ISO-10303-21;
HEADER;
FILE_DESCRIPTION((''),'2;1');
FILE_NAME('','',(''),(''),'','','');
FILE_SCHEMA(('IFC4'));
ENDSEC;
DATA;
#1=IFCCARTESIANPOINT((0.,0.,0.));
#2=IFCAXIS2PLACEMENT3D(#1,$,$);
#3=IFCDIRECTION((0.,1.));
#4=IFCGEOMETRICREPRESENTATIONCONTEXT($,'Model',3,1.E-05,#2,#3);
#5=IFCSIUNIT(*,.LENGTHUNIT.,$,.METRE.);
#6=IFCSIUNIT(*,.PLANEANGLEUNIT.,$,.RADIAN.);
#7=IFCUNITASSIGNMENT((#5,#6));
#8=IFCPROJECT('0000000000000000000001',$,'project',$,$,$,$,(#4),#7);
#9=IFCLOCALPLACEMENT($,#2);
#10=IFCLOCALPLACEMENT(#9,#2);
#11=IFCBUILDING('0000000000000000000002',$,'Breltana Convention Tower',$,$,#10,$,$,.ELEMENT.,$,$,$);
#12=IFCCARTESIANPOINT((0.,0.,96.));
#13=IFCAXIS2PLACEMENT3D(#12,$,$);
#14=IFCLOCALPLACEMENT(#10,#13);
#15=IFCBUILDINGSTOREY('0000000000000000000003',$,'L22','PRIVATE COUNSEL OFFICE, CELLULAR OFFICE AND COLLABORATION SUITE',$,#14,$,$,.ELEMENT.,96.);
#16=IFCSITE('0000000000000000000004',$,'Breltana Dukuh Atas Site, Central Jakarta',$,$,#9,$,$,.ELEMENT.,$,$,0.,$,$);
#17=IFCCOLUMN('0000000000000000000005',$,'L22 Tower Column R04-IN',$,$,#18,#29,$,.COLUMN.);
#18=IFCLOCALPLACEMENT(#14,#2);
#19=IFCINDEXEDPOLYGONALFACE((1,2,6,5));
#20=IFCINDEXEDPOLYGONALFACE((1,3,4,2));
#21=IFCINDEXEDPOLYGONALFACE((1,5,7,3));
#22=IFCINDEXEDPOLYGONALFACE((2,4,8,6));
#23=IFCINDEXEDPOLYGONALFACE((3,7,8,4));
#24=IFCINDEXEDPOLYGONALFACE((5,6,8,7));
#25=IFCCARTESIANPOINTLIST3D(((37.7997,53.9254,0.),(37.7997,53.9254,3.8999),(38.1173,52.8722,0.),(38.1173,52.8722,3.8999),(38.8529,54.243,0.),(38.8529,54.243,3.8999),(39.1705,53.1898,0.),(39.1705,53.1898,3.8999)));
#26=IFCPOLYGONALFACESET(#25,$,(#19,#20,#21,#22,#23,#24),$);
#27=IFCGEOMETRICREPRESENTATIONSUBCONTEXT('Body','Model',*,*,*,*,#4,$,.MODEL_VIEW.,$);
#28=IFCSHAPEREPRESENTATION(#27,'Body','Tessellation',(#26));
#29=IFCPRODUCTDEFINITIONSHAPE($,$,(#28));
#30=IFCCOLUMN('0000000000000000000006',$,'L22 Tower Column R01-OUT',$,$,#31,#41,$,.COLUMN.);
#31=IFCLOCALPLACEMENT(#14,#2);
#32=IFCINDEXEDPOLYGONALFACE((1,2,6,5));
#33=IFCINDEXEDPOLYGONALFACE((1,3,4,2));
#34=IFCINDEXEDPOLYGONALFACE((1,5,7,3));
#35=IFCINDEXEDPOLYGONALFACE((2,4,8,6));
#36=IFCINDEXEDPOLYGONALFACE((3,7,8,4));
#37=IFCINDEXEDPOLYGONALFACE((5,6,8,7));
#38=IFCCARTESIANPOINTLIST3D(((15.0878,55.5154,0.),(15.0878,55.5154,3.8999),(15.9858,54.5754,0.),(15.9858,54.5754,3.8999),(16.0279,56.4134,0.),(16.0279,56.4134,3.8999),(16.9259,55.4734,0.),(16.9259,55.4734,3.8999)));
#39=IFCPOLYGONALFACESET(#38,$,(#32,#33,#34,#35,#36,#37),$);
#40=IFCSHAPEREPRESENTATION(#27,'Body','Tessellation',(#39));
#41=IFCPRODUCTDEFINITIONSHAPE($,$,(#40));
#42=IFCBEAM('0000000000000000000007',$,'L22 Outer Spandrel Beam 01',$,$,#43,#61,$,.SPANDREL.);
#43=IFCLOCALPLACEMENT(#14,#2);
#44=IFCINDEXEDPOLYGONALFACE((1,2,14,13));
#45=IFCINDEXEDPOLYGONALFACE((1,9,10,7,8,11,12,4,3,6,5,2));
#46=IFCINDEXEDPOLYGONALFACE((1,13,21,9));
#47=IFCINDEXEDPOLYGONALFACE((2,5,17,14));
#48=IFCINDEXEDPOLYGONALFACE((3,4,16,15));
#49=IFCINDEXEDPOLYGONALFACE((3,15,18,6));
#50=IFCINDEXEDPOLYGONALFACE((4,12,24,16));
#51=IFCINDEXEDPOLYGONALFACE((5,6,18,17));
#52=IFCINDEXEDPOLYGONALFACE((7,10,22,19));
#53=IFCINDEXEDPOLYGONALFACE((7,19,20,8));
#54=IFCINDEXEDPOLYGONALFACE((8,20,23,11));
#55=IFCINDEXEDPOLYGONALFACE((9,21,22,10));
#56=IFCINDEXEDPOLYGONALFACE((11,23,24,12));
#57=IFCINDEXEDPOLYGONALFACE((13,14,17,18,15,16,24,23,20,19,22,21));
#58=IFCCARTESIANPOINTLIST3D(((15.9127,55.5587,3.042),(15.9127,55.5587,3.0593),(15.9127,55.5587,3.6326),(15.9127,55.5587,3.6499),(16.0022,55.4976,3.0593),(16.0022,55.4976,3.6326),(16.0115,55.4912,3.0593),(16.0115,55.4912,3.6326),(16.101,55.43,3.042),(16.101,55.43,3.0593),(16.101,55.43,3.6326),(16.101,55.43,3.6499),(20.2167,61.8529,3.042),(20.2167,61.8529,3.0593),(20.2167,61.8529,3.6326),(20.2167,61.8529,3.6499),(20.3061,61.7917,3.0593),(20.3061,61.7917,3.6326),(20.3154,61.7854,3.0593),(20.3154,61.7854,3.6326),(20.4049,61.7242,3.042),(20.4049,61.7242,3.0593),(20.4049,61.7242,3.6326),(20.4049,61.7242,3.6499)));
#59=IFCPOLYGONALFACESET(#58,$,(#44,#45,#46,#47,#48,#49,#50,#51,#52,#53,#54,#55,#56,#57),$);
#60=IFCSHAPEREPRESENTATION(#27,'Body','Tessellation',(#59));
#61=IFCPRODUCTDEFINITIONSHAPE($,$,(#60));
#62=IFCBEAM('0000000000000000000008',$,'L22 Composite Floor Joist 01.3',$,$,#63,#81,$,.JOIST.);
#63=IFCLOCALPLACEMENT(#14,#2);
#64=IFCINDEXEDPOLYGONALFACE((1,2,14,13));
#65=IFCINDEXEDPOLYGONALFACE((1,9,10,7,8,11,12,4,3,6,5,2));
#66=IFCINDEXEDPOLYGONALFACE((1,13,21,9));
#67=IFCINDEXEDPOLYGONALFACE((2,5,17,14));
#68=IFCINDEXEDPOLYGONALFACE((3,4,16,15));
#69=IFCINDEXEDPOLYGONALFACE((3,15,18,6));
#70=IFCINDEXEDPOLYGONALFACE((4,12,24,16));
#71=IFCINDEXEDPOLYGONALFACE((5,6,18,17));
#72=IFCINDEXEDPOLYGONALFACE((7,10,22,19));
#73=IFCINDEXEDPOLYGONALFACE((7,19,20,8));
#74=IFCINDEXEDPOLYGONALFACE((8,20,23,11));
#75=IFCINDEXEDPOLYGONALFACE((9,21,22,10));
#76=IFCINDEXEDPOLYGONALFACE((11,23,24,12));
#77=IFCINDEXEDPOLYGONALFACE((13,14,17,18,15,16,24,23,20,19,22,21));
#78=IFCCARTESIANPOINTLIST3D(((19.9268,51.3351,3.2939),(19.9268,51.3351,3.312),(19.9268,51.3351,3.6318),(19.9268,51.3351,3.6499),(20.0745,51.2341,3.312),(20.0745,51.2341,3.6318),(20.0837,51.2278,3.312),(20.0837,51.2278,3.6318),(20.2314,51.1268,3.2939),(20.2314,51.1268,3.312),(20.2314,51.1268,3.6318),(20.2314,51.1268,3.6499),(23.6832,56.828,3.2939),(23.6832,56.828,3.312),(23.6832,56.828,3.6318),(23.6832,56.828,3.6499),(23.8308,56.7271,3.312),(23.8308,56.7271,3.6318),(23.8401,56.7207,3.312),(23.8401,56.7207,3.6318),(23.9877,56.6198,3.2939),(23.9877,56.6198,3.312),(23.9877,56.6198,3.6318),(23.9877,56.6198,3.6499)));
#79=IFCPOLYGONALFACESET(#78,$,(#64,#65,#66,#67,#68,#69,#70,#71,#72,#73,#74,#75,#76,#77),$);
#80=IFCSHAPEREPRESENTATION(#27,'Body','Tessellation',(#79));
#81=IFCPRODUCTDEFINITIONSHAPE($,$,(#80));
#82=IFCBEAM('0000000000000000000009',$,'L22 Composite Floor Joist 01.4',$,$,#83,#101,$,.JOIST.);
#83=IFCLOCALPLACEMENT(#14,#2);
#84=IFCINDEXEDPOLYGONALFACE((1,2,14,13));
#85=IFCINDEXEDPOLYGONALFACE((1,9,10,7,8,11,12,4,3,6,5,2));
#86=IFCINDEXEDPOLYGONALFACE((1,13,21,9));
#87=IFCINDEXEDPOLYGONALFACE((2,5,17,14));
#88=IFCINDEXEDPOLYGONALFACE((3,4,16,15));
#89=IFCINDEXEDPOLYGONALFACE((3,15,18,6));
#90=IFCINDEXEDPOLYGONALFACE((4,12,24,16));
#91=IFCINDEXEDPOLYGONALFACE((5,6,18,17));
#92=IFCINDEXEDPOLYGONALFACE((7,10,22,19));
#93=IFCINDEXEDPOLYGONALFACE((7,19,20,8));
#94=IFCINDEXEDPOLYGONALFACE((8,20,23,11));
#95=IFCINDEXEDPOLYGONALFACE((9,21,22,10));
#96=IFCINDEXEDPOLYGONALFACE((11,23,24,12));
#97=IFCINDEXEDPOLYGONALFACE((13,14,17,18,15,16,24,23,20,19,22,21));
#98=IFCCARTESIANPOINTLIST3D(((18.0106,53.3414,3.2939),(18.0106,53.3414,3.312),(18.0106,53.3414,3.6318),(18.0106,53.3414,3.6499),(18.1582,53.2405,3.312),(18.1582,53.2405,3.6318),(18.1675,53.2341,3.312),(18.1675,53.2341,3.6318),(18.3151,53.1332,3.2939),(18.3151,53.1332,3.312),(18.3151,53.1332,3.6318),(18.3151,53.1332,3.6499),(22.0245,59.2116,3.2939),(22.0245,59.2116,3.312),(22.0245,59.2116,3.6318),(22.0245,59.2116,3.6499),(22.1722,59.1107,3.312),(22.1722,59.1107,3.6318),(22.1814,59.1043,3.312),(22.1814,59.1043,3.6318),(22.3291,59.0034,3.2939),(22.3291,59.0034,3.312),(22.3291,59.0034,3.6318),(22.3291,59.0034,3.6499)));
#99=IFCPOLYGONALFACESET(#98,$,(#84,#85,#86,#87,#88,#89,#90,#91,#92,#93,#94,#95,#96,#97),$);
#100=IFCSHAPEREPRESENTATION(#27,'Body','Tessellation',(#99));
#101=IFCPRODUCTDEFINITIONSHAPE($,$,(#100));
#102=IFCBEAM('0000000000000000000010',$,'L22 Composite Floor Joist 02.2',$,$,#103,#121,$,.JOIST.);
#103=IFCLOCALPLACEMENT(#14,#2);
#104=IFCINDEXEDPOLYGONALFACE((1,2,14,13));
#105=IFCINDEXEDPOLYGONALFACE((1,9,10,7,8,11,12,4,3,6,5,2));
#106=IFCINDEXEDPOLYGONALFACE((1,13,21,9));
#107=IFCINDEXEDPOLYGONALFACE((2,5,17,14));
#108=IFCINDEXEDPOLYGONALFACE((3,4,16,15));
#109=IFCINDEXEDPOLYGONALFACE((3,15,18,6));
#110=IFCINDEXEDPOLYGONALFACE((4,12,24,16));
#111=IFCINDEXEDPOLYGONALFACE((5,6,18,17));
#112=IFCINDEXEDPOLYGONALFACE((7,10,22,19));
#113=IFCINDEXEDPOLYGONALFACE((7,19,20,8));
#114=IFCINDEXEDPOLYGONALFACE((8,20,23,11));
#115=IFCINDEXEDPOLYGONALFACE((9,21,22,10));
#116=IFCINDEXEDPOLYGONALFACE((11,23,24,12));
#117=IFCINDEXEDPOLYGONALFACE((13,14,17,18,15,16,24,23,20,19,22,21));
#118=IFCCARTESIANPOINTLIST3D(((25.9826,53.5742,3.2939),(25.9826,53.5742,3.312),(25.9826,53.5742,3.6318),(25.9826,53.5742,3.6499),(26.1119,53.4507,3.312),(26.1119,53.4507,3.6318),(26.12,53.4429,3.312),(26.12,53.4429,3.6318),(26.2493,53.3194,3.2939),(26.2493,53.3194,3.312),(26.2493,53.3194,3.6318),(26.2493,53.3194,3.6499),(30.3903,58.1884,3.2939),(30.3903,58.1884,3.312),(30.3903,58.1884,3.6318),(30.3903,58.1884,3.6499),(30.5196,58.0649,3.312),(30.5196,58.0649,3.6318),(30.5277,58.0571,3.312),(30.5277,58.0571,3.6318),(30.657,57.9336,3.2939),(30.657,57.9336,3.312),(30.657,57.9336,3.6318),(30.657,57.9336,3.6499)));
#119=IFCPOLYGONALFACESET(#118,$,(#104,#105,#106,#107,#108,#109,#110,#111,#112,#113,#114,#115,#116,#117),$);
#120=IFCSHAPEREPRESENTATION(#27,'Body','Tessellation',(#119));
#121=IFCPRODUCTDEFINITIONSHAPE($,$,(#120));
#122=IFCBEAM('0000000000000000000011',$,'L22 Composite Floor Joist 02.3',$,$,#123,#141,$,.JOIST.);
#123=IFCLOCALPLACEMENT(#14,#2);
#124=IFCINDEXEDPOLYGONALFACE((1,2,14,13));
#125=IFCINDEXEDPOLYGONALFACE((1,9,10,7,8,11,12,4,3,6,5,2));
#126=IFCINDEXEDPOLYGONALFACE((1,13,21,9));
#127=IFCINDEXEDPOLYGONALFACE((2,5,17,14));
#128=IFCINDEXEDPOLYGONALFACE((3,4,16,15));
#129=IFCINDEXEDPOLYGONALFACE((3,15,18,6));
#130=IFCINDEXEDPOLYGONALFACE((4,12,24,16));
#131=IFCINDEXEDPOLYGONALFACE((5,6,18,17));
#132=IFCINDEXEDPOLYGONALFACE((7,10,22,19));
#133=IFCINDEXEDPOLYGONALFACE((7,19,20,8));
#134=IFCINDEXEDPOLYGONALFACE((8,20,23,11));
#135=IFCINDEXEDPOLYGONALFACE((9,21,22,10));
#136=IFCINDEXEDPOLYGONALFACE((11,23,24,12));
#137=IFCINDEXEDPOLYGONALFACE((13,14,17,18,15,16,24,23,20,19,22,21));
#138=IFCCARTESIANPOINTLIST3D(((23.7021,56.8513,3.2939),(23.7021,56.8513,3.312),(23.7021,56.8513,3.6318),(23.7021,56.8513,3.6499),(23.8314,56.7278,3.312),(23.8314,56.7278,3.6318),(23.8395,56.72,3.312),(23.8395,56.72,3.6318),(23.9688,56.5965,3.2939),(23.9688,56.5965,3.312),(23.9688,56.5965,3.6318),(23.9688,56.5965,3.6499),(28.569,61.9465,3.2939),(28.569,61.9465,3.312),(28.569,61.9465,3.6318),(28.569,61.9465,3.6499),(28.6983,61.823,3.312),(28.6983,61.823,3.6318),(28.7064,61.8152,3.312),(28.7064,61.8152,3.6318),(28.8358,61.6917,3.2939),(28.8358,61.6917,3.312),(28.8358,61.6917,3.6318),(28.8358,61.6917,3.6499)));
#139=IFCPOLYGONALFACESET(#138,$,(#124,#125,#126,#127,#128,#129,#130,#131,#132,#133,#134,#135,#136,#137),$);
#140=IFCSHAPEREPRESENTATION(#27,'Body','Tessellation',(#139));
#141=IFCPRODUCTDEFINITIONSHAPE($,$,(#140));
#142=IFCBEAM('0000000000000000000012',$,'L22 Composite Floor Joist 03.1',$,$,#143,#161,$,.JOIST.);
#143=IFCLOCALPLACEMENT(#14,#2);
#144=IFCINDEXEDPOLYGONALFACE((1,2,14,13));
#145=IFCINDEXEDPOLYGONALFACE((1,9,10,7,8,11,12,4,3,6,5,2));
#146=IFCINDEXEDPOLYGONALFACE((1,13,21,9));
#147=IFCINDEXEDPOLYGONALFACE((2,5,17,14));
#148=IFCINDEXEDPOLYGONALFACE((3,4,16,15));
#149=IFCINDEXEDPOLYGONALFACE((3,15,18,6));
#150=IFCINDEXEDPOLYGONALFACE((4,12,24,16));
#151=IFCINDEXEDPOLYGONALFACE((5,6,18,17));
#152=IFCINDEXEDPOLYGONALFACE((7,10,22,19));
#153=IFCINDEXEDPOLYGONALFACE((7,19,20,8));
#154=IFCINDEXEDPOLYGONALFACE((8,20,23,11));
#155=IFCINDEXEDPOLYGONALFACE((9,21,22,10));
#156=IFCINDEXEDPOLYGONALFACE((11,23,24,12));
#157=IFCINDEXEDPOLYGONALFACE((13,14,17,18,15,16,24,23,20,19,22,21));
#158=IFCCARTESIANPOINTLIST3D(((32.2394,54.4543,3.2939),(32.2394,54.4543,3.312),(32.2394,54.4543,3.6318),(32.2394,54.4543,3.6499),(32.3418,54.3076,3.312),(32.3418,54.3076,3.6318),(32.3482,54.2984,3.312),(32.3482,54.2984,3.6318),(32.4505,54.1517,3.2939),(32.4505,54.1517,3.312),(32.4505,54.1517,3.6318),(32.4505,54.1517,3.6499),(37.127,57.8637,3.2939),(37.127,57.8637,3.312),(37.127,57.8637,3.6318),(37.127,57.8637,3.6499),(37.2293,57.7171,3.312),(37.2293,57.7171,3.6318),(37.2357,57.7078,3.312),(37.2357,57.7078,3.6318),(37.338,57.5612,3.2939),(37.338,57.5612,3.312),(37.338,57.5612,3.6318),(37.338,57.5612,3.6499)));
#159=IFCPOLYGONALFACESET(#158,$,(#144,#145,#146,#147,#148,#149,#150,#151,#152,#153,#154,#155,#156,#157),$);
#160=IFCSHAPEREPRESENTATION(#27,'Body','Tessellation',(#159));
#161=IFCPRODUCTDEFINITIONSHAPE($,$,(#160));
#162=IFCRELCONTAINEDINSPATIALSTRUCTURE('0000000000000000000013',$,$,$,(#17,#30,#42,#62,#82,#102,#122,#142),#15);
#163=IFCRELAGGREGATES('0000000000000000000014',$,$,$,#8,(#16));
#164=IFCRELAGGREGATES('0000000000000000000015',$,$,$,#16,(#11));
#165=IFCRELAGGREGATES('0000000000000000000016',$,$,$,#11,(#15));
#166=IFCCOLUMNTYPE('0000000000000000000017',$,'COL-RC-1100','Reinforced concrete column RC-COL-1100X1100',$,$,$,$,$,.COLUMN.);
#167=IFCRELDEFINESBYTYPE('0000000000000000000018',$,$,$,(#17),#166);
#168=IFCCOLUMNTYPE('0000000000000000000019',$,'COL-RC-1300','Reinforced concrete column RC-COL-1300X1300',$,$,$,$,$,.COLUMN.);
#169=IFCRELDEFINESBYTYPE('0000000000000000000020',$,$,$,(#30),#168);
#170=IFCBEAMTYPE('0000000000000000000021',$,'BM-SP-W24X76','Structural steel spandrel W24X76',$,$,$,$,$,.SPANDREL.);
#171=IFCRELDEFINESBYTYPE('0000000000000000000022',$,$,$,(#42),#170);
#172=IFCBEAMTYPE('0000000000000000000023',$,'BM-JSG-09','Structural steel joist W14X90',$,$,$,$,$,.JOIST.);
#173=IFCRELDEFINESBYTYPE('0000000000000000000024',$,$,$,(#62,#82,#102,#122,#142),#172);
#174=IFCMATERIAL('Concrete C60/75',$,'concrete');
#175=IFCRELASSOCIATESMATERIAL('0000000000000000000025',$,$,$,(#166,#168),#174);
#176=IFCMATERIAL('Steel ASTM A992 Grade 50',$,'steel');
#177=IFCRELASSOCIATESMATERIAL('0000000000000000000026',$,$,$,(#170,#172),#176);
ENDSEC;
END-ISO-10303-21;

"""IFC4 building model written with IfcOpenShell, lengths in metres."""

from ifc_helpers import new_model, si_unit, direction, frame, origin, origin_2d, place, context, subcontext, project, spatial, rectangle, i_section, extrude, source, transform, mapped, material, material_profile, profile_set, type_object, type_shapes, element, save


model = new_model("IFC4")

# Units and contexts
model_context = context("Model", 3, precision=1e-05, world=origin(), true_north=direction((0.0, 1.0)))
body_context = subcontext(model_context, "Body", "Model", "MODEL_VIEW")
ifc_project = project(units=[si_unit("LENGTHUNIT", "METRE"), si_unit("PLANEANGLEUNIT", "RADIAN")], contexts=[model_context])

# Site, building, storey
site_placement = place(None, origin())
site = spatial("IfcSite", under=ifc_project, at=site_placement, Name="Breltana Dukuh Atas Site, Central Jakarta", CompositionType="ELEMENT", RefElevation=0.0)
building_placement = place(site_placement, origin())
building = spatial("IfcBuilding", under=site, at=building_placement, Name="Breltana Convention Tower", CompositionType="ELEMENT")
storey_placement = place(building_placement, frame((0.0, 0.0, 96.0)))
storey = spatial("IfcBuildingStorey", under=building, at=storey_placement, Name="L22", Description="PRIVATE COUNSEL OFFICE, CELLULAR OFFICE AND COLLABORATION SUITE", CompositionType="ELEMENT", Elevation=96.0)

# Columns
ifc_material_1 = material(Name="Concrete C60/75", Category="concrete")
ifc_material_profile_1 = material_profile(ifc_material_1, rectangle(XDim=1.1001, YDim=1.1001, at=origin_2d()), Name="RC-COL-1100X1100")
ifc_profile_set_1 = profile_set([ifc_material_profile_1], Name="Concrete C60/75")
column_type_1 = type_object("IfcColumnType", Name="COL-RC-1100", Description="Reinforced concrete column RC-COL-1100X1100", PredefinedType="COLUMN", material=ifc_profile_set_1)
shared_shape_1 = source(origin(), body_context, "Body", "SweptSolid", [
    extrude(rectangle(XDim=1.1001, YDim=1.1001, at=origin_2d()), origin(), (0.0, 0.0, 1.0), 3.8999),
])
column_1_placement = place(storey_placement, frame((38.4851, 53.5576, 0.0), z_axis=(0.0, 0.0, 1.0), x_axis=(-0.288698, 0.95742, 0.0)))
element("IfcColumn", 1, at=column_1_placement, inside=storey, type_object=column_type_1, Name="L22 Tower Column R04-IN", PredefinedType="COLUMN", context=body_context, shape_type="MappedRepresentation", body=[
    mapped(shared_shape_1, transform((0.0, 0.0, 0.0), scale=1.0)),
])
ifc_material_profile_2 = material_profile(ifc_material_1, rectangle(XDim=1.3, YDim=1.3, at=origin_2d()), Name="RC-COL-1300X1300")
ifc_profile_set_2 = profile_set([ifc_material_profile_2], Name="Concrete C60/75")
column_type_2 = type_object("IfcColumnType", Name="COL-RC-1300", Description="Reinforced concrete column RC-COL-1300X1300", PredefinedType="COLUMN", material=ifc_profile_set_2)
shared_shape_2 = source(origin(), body_context, "Body", "SweptSolid", [
    extrude(rectangle(XDim=1.3, YDim=1.3, at=origin_2d()), origin(), (0.0, 0.0, 1.0), 3.8999),
])
column_2_placement = place(storey_placement, frame((16.0068, 55.4944, 0.0), z_axis=(0.0, 0.0, 1.0), x_axis=(-0.690756, 0.723088, 0.0)))
element("IfcColumn", 2, at=column_2_placement, inside=storey, type_object=column_type_2, Name="L22 Tower Column R01-OUT", PredefinedType="COLUMN", context=body_context, shape_type="MappedRepresentation", body=[
    mapped(shared_shape_2, transform((0.0, 0.0, 0.0), scale=1.0)),
])

# Beams
ifc_material_2 = material(Name="Steel ASTM A992 Grade 50", Category="steel")
ifc_material_profile_3 = material_profile(ifc_material_2, i_section(OverallWidth=0.228, OverallDepth=0.6079, WebThickness=0.0112, FlangeThickness=0.0173, at=origin_2d()), Name="W24X76")
ifc_profile_set_3 = profile_set([ifc_material_profile_3], Name="Steel ASTM A992 Grade 50")
beam_type_1 = type_object("IfcBeamType", Name="BM-SP-W24X76", Description="Structural steel spandrel W24X76", PredefinedType="SPANDREL", material=ifc_profile_set_3)
shared_shape_3 = source(origin(), body_context, "Body", "SweptSolid", [
    extrude(i_section(OverallWidth=0.228, OverallDepth=0.6079, WebThickness=0.0112, FlangeThickness=0.0173, at=origin_2d()), origin(), (0.0, 0.0, 1.0), 7.625),
])
type_shapes(beam_type_1, [shared_shape_3])
beam_1_placement = place(storey_placement, frame((16.0068, 55.4944, 3.3459), z_axis=(0.564452, 0.825466, 0.0), x_axis=(-0.825466, 0.564452, 0.0)))
element("IfcBeam", 3, at=beam_1_placement, inside=storey, type_object=beam_type_1, Name="L22 Outer Spandrel Beam 01", PredefinedType="SPANDREL", context=body_context, shape_type="MappedRepresentation", body=[
    mapped(shared_shape_3, transform((0.0, 0.0, 0.0), scale=1.0)),
])
ifc_material_profile_4 = material_profile(ifc_material_2, i_section(OverallWidth=0.3689, OverallDepth=0.356, WebThickness=0.0112, FlangeThickness=0.0181, at=origin_2d()), Name="W14X90")
ifc_profile_set_4 = profile_set([ifc_material_profile_4], Name="Steel ASTM A992 Grade 50")
beam_type_2 = type_object("IfcBeamType", Name="BM-JSG-09", Description="Structural steel joist W14X90", PredefinedType="JOIST", material=ifc_profile_set_4)
shared_shape_4 = source(origin(), body_context, "Body", "SweptSolid", [
    extrude(i_section(OverallWidth=0.3689, OverallDepth=0.356, WebThickness=0.0112, FlangeThickness=0.0181, at=origin_2d()), origin(), (0.0, 0.0, 1.0), 6.6545),
])
beam_2_placement = place(storey_placement, frame((20.0791, 51.231, 3.4719), z_axis=(0.564483, 0.825445, 0.0), x_axis=(-0.825445, 0.564483, 0.0)))
element("IfcBeam", 4, at=beam_2_placement, inside=storey, type_object=beam_type_2, Name="L22 Composite Floor Joist 01.3", PredefinedType="JOIST", context=body_context, shape_type="MappedRepresentation", body=[
    mapped(shared_shape_4, transform((0.0, 0.0, 0.0), scale=1.0)),
])
shared_shape_5 = source(origin(), body_context, "Body", "SweptSolid", [
    extrude(i_section(OverallWidth=0.3689, OverallDepth=0.356, WebThickness=0.0112, FlangeThickness=0.0181, at=origin_2d()), origin(), (0.0, 0.0, 1.0), 7.1113),
])
beam_3_placement = place(storey_placement, frame((18.1628, 53.2373, 3.4719), z_axis=(0.564446, 0.82547, 0.0), x_axis=(-0.82547, 0.564446, 0.0)))
element("IfcBeam", 5, at=beam_3_placement, inside=storey, type_object=beam_type_2, Name="L22 Composite Floor Joist 01.4", PredefinedType="JOIST", context=body_context, shape_type="MappedRepresentation", body=[
    mapped(shared_shape_5, transform((0.0, 0.0, 0.0), scale=1.0)),
])
shared_shape_6 = source(origin(), body_context, "Body", "SweptSolid", [
    extrude(i_section(OverallWidth=0.3689, OverallDepth=0.356, WebThickness=0.0112, FlangeThickness=0.0181, at=origin_2d()), origin(), (0.0, 0.0, 1.0), 6.3811),
])
beam_4_placement = place(storey_placement, frame((26.116, 53.4468, 3.4719), z_axis=(0.690738, 0.723105, 0.0), x_axis=(-0.723105, 0.690738, 0.0)))
element("IfcBeam", 6, at=beam_4_placement, inside=storey, type_object=beam_type_2, Name="L22 Composite Floor Joist 02.2", PredefinedType="JOIST", context=body_context, shape_type="MappedRepresentation", body=[
    mapped(shared_shape_6, transform((0.0, 0.0, 0.0), scale=1.0)),
])
shared_shape_7 = source(origin(), body_context, "Body", "SweptSolid", [
    extrude(i_section(OverallWidth=0.3689, OverallDepth=0.356, WebThickness=0.0112, FlangeThickness=0.0181, at=origin_2d()), origin(), (0.0, 0.0, 1.0), 7.0461),
])
beam_5_placement = place(storey_placement, frame((23.8354, 56.7239, 3.4719), z_axis=(0.690723, 0.72312, 0.0), x_axis=(-0.72312, 0.690723, 0.0)))
element("IfcBeam", 7, at=beam_5_placement, inside=storey, type_object=beam_type_2, Name="L22 Composite Floor Joist 02.3", PredefinedType="JOIST", context=body_context, shape_type="MappedRepresentation", body=[
    mapped(shared_shape_7, transform((0.0, 0.0, 0.0), scale=1.0)),
])
shared_shape_8 = source(origin(), body_context, "Body", "SweptSolid", [
    extrude(i_section(OverallWidth=0.3689, OverallDepth=0.356, WebThickness=0.0112, FlangeThickness=0.0181, at=origin_2d()), origin(), (0.0, 0.0, 1.0), 5.9592),
])
beam_6_placement = place(storey_placement, frame((32.345, 54.303, 3.4719), z_axis=(0.82016, 0.572134, 0.0), x_axis=(-0.572134, 0.82016, 0.0)))
element("IfcBeam", 8, at=beam_6_placement, inside=storey, type_object=beam_type_2, Name="L22 Composite Floor Joist 03.1", PredefinedType="JOIST", context=body_context, shape_type="MappedRepresentation", body=[
    mapped(shared_shape_8, transform((0.0, 0.0, 0.0), scale=1.0)),
])

save(model, "model.ifc")
